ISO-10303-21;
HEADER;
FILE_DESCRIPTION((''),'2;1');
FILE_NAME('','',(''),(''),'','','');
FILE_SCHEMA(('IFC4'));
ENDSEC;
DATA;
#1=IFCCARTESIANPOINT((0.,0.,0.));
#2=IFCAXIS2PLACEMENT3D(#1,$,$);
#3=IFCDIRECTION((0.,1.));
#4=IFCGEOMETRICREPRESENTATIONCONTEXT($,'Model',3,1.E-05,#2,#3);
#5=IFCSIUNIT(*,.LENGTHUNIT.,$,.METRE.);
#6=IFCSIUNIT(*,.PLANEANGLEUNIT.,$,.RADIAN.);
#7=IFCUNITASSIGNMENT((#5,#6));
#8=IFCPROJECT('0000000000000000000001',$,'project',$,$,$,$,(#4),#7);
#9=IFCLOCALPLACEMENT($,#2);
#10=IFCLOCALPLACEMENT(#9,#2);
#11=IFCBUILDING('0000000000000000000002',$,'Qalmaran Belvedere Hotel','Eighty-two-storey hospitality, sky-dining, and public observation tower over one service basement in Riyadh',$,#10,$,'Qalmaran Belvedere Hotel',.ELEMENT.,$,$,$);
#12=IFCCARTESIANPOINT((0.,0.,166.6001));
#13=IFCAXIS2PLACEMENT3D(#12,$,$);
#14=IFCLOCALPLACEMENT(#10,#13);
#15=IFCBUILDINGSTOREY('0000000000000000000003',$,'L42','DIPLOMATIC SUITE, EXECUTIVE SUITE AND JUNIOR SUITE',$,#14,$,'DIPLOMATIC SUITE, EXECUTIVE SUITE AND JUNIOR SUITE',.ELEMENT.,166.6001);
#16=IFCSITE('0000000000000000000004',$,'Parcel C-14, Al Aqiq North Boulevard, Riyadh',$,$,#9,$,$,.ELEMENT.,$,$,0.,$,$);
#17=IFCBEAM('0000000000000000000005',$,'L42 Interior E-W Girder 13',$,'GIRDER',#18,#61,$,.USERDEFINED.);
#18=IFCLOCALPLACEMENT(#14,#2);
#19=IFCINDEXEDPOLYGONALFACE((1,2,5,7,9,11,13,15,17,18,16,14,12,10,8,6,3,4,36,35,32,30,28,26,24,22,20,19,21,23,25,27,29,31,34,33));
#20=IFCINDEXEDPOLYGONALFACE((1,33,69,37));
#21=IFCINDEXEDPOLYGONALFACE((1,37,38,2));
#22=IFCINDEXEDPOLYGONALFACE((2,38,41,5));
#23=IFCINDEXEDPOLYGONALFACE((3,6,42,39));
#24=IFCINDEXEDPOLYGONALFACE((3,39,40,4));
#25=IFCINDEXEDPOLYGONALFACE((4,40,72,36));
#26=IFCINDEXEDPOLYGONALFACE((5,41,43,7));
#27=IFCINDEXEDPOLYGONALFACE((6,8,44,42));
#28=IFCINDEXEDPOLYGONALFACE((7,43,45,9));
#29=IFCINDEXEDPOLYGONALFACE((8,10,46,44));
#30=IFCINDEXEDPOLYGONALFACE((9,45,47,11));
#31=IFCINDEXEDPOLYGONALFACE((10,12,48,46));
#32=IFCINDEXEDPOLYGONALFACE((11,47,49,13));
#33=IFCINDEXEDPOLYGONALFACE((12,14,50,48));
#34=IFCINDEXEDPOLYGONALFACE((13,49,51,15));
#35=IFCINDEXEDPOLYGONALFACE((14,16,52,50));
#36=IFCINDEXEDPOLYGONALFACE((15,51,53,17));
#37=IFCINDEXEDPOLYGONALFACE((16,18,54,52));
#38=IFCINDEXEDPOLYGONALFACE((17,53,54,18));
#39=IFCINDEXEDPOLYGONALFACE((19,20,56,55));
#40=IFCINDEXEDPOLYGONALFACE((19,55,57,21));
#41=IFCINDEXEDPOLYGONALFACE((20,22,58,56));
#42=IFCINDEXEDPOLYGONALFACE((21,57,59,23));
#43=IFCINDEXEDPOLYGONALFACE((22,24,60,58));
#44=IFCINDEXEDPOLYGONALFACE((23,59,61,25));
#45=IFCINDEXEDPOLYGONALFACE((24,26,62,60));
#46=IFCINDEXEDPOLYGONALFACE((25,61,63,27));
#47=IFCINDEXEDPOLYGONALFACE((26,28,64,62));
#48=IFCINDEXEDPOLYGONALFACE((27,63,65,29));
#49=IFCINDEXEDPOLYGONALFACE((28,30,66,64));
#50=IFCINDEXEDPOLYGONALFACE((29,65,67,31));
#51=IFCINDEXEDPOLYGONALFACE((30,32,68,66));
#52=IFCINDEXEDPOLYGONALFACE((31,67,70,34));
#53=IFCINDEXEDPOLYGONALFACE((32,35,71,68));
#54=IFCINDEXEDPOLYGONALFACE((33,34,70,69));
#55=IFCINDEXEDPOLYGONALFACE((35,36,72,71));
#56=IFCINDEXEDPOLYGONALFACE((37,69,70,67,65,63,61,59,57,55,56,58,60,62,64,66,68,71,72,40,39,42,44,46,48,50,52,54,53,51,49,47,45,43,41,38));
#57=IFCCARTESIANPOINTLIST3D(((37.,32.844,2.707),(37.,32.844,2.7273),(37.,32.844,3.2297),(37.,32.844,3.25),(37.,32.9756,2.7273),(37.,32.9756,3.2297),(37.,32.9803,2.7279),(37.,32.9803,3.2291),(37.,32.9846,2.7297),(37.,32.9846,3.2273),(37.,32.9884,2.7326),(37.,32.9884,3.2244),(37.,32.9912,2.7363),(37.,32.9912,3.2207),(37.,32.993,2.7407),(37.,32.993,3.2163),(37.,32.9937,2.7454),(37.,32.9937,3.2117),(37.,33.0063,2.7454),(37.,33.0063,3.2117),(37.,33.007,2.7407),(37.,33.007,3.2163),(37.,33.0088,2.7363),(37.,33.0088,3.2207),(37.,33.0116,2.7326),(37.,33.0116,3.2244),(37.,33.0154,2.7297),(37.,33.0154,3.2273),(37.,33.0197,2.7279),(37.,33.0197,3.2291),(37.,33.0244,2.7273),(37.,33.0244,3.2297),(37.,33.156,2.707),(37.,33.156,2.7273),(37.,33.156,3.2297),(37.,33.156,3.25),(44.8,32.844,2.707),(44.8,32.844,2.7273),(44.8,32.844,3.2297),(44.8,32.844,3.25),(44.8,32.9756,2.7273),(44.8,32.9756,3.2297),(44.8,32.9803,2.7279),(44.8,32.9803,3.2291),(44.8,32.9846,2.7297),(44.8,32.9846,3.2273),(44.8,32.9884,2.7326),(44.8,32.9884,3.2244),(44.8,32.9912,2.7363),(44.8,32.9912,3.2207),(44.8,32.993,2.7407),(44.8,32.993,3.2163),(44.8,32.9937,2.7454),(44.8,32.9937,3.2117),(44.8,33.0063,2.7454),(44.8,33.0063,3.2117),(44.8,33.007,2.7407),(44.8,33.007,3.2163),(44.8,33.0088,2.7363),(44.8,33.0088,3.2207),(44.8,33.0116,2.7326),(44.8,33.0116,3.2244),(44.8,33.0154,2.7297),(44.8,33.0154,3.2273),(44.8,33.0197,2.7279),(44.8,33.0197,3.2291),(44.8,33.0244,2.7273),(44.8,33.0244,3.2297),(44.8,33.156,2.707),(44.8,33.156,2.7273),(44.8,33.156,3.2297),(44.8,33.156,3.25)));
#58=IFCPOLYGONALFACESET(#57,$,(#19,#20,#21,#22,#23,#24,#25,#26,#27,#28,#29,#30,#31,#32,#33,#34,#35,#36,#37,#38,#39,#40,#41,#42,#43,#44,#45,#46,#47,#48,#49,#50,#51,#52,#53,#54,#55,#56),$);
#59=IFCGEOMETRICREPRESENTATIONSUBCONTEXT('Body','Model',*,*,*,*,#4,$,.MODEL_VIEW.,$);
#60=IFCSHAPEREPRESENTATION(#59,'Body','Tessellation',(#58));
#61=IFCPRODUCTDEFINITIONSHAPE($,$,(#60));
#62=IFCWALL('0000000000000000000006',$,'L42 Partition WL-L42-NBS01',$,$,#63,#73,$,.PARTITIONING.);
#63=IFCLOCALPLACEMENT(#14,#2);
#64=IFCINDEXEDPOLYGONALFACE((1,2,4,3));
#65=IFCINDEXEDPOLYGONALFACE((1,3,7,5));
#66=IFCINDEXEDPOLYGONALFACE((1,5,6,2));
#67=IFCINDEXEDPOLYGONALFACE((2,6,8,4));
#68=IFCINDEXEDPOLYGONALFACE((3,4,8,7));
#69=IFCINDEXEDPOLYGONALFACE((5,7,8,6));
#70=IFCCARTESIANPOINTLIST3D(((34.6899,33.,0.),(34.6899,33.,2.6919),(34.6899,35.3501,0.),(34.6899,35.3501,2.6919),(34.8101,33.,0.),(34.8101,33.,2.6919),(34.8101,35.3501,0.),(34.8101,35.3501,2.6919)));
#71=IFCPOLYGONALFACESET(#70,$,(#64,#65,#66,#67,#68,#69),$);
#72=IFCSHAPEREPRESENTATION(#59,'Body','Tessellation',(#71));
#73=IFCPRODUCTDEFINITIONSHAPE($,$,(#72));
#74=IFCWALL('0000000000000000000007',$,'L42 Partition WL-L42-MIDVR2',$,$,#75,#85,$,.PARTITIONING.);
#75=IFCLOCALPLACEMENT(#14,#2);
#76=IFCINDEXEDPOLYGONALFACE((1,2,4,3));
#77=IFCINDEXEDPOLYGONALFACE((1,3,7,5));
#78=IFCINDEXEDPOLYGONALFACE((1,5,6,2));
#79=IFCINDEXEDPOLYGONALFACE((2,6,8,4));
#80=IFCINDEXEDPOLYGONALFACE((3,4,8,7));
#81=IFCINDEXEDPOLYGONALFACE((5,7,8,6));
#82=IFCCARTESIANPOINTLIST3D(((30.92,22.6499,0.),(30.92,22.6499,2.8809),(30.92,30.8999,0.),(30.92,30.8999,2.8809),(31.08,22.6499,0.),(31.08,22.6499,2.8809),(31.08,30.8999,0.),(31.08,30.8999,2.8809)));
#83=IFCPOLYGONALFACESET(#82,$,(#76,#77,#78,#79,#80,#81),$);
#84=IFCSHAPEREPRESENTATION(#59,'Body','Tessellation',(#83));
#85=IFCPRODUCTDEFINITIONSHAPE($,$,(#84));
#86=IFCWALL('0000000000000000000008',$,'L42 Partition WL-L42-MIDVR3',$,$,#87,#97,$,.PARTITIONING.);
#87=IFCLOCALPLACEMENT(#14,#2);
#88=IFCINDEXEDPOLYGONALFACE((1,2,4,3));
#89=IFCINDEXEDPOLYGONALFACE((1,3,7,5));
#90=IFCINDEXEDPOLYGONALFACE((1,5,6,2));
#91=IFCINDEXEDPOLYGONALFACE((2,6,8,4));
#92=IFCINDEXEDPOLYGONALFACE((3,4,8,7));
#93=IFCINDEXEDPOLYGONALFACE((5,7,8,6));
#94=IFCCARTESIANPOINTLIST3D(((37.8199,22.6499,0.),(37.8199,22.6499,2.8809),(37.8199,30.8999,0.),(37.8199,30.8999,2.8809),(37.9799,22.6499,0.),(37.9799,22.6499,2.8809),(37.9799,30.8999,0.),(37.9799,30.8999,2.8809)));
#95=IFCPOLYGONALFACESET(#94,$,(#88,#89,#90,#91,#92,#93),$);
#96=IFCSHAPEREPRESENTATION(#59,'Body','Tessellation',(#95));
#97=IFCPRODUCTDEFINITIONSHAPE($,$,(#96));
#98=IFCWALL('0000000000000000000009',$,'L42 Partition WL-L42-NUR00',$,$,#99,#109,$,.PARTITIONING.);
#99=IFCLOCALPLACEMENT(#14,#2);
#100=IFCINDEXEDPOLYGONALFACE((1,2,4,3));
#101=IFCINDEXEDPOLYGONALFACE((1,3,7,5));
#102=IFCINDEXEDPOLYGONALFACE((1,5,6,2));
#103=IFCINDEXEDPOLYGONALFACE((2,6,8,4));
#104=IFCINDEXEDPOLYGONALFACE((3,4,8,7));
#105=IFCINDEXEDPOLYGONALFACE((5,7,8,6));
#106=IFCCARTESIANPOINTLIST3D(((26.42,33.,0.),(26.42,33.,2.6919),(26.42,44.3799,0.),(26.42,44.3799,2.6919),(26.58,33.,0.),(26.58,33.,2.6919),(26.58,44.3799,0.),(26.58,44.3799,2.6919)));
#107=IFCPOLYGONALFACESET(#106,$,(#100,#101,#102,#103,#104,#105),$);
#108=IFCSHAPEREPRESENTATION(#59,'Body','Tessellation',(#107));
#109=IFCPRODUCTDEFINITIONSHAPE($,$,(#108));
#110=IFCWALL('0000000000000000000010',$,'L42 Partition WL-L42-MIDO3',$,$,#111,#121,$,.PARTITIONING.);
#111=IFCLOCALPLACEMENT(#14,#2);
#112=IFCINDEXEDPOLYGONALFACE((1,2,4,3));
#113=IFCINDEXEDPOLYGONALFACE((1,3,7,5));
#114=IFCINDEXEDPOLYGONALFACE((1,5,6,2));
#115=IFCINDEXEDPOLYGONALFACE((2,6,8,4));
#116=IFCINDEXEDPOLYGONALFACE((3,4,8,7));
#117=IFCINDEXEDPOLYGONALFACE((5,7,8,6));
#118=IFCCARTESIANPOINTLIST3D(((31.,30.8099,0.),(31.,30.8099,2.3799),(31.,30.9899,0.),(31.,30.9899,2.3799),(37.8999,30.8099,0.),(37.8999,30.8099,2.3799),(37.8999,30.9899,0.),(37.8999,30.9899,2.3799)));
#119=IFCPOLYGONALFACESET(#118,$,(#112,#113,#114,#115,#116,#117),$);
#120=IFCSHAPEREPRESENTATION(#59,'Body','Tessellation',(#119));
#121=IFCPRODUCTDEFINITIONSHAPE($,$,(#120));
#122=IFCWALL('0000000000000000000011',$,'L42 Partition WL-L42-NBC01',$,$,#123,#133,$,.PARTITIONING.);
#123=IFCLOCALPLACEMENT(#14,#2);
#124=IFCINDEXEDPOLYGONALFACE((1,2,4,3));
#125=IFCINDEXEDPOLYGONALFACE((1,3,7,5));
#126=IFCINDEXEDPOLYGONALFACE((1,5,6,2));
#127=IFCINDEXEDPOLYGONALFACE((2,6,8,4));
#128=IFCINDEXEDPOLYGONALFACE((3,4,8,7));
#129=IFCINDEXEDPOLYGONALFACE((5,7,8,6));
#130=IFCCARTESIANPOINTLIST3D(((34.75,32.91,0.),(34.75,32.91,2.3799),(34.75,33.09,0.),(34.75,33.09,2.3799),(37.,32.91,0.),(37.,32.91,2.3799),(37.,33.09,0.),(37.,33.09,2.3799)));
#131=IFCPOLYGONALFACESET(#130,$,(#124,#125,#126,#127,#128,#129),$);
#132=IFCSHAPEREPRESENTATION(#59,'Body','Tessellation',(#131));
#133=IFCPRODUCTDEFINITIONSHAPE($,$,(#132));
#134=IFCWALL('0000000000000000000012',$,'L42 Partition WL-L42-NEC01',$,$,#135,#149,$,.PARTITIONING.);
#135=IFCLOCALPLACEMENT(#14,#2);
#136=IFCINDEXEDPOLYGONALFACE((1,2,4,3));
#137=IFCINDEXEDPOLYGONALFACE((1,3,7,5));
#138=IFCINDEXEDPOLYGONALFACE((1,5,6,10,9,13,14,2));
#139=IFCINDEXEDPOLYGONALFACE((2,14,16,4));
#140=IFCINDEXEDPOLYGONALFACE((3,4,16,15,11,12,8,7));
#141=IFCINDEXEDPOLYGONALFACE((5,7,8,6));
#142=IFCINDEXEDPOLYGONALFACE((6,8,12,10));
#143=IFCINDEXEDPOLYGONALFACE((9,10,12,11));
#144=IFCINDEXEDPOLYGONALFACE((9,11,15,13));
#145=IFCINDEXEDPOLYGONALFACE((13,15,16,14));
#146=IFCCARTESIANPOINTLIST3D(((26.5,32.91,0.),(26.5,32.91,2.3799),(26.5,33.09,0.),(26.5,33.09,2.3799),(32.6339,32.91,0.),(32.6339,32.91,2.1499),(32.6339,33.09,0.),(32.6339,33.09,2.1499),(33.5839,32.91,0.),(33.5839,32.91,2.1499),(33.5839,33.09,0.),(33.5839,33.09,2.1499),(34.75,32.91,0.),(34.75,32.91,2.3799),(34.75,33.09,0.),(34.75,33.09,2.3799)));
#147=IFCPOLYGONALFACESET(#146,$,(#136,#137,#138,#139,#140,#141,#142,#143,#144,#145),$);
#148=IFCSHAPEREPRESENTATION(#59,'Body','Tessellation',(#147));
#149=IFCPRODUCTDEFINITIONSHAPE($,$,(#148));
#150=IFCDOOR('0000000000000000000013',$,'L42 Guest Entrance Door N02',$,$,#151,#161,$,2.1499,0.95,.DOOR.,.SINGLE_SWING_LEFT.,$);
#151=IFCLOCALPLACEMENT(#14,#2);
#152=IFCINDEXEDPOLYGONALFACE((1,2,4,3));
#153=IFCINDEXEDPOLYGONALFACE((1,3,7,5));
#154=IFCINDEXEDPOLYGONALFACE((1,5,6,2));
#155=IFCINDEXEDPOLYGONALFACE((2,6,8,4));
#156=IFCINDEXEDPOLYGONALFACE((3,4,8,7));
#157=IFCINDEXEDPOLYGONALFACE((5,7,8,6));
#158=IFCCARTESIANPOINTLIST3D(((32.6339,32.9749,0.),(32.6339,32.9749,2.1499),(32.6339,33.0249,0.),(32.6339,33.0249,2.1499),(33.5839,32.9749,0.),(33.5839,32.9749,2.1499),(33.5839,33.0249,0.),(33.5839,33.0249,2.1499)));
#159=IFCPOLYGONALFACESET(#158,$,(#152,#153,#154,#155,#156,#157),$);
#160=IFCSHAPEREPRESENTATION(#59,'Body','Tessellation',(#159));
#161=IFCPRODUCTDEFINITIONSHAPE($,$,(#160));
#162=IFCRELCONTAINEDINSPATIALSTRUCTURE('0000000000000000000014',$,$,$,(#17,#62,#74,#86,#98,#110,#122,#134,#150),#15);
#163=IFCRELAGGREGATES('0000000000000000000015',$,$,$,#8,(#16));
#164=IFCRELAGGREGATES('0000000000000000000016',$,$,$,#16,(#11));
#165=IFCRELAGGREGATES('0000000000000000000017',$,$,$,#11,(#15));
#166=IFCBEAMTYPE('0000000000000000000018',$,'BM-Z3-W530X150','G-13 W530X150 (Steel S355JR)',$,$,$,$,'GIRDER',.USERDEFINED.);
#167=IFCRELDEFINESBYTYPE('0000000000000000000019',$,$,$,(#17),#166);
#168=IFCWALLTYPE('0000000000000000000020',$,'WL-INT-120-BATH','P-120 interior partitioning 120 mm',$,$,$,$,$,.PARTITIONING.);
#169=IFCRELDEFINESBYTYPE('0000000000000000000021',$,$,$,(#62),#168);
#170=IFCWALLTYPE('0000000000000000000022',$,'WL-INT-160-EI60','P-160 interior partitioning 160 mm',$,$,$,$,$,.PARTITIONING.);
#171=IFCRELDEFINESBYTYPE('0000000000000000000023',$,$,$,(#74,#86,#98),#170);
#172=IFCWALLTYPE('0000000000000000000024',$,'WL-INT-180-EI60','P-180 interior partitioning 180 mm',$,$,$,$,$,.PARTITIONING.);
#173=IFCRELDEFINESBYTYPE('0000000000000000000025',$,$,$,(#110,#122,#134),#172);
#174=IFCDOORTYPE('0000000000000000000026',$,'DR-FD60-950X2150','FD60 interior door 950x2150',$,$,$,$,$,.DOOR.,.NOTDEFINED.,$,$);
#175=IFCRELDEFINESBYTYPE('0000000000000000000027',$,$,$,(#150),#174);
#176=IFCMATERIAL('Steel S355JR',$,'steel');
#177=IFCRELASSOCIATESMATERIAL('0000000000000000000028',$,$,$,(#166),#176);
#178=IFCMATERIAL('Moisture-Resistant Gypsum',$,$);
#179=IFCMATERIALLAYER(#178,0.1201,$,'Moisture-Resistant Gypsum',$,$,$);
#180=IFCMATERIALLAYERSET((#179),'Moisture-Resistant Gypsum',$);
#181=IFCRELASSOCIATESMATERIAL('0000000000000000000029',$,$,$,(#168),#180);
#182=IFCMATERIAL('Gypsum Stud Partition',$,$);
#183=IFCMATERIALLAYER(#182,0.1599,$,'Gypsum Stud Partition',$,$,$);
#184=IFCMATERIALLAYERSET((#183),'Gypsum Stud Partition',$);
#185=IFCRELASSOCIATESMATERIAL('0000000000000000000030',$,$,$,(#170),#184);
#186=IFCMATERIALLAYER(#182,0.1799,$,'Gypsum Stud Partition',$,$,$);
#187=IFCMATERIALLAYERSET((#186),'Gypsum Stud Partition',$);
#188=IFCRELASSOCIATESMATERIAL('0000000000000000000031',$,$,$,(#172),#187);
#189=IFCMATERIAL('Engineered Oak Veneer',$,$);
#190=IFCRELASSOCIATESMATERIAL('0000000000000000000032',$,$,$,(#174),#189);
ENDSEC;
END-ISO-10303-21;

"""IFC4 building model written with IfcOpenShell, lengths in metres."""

from ifc_helpers import new_model, si_unit, direction, frame, frame_2d, origin, origin_2d, place, context, subcontext, project, spatial, rectangle, i_section, extrude, material, layer, layer_set, material_profile, profile_set, type_object, element, fill, save


model = new_model("IFC4")

# Units and contexts
model_context = context("Model", 3, precision=1e-05, world=origin(), true_north=direction((0.0, 1.0)))
body_context = subcontext(model_context, "Body", "Model", "MODEL_VIEW")
ifc_project = project(units=[si_unit("LENGTHUNIT", "METRE"), si_unit("PLANEANGLEUNIT", "RADIAN")], contexts=[model_context])

# Site, building, storey
site_placement = place(None, origin())
site = spatial("IfcSite", under=ifc_project, at=site_placement, Name="Parcel C-14, Al Aqiq North Boulevard, Riyadh", CompositionType="ELEMENT", RefElevation=0.0)
building_placement = place(site_placement, origin())
building = spatial("IfcBuilding", under=site, at=building_placement, Name="Qalmaran Belvedere Hotel", Description="Eighty-two-storey hospitality, sky-dining, and public observation tower over one service basement in Riyadh", LongName="Qalmaran Belvedere Hotel", CompositionType="ELEMENT")
storey_placement = place(building_placement, frame((0.0, 0.0, 166.6001)))
storey = spatial("IfcBuildingStorey", under=building, at=storey_placement, Name="L42", Description="DIPLOMATIC SUITE, EXECUTIVE SUITE AND JUNIOR SUITE", LongName="DIPLOMATIC SUITE, EXECUTIVE SUITE AND JUNIOR SUITE", CompositionType="ELEMENT", Elevation=166.6001)

# Beam
ifc_material_1 = material(Name="Steel S355JR", Category="steel")
ifc_material_profile_1 = material_profile(ifc_material_1, i_section(OverallWidth=0.312, OverallDepth=0.543, WebThickness=0.0127, FlangeThickness=0.0203, FilletRadius=0.0181, at=origin_2d()), Name="W530X150")
ifc_profile_set_1 = profile_set([ifc_material_profile_1], Name="Steel S355JR")
beam_type_1 = type_object("IfcBeamType", Name="BM-Z3-W530X150", Description="G-13 W530X150 (Steel S355JR)", ElementType="GIRDER", PredefinedType="USERDEFINED", material=ifc_profile_set_1)
for number, where, z_axis, x_axis, name in (
    (1, (37.0, 33.0, 2.9785), (1.0, 0.0, 0.0), (0.0, 1.0, 0.0), "L42 Interior E-W Girder 13"),
):
    element("IfcBeam", number, at=place(storey_placement, frame(where, z_axis=z_axis, x_axis=x_axis)), inside=storey, type_object=beam_type_1, Name=name, ObjectType="GIRDER", PredefinedType="USERDEFINED", context=body_context, shape_type="SweptSolid", body=[
        extrude(i_section(OverallWidth=0.312, OverallDepth=0.543, WebThickness=0.0127, FlangeThickness=0.0203, FilletRadius=0.0181, at=origin_2d()), origin(), (0.0, 0.0, 1.0), 7.8),
    ])

# Walls
ifc_material_2 = material(Name="Moisture-Resistant Gypsum")
ifc_layer_1 = layer(ifc_material_2, 0.1201, Name="Moisture-Resistant Gypsum")
ifc_layer_set_1 = layer_set([ifc_layer_1], Name="Moisture-Resistant Gypsum")
wall_type_1 = type_object("IfcWallType", Name="WL-INT-120-BATH", Description="P-120 interior partitioning 120 mm", PredefinedType="PARTITIONING", material=ifc_layer_set_1)
wall_1_placement = place(storey_placement, frame((34.75, 33.0, 0.0), z_axis=(0.0, 0.0, 1.0), x_axis=(0.0, 1.0, 0.0)))
element("IfcWall", 2, at=wall_1_placement, inside=storey, type_object=wall_type_1, Name="L42 Partition WL-L42-NBS01", PredefinedType="PARTITIONING", context=body_context, shape_type="SweptSolid", body=[
    extrude(rectangle(XDim=2.3501, YDim=0.1201, at=frame_2d((1.175, 0.0))), origin(), (0.0, 0.0, 1.0), 2.6919),
])
ifc_material_3 = material(Name="Gypsum Stud Partition")
ifc_layer_2 = layer(ifc_material_3, 0.1599, Name="Gypsum Stud Partition")
ifc_layer_set_2 = layer_set([ifc_layer_2], Name="Gypsum Stud Partition")
wall_type_2 = type_object("IfcWallType", Name="WL-INT-160-EI60", Description="P-160 interior partitioning 160 mm", PredefinedType="PARTITIONING", material=ifc_layer_set_2)
for number, where, z_axis, x_axis, name in (
    (3, (31.0, 22.6499, 0.0), (0.0, 0.0, 1.0), (0.0, 1.0, 0.0), "L42 Partition WL-L42-MIDVR2"),
    (4, (37.8999, 22.6499, 0.0), (0.0, 0.0, 1.0), (0.0, 1.0, 0.0), "L42 Partition WL-L42-MIDVR3"),
):
    element("IfcWall", number, at=place(storey_placement, frame(where, z_axis=z_axis, x_axis=x_axis)), inside=storey, type_object=wall_type_2, Name=name, PredefinedType="PARTITIONING", context=body_context, shape_type="SweptSolid", body=[
        extrude(rectangle(XDim=8.25, YDim=0.1599, at=frame_2d((4.125, 0.0))), origin(), (0.0, 0.0, 1.0), 2.8809),
    ])
wall_2_placement = place(storey_placement, frame((26.5, 33.0, 0.0), z_axis=(0.0, 0.0, 1.0), x_axis=(0.0, 1.0, 0.0)))
element("IfcWall", 5, at=wall_2_placement, inside=storey, type_object=wall_type_2, Name="L42 Partition WL-L42-NUR00", PredefinedType="PARTITIONING", context=body_context, shape_type="SweptSolid", body=[
    extrude(rectangle(XDim=11.3799, YDim=0.1599, at=frame_2d((5.6899, 0.0))), origin(), (0.0, 0.0, 1.0), 2.6919),
])

# Shared definitions
ifc_layer_3 = layer(ifc_material_3, 0.1799, Name="Gypsum Stud Partition")
ifc_layer_set_3 = layer_set([ifc_layer_3], Name="Gypsum Stud Partition")
wall_type_3 = type_object("IfcWallType", Name="WL-INT-180-EI60", Description="P-180 interior partitioning 180 mm", PredefinedType="PARTITIONING", material=ifc_layer_set_3)
ifc_material_4 = material(Name="Engineered Oak Veneer")
door_type = type_object("IfcDoorType", Name="DR-FD60-950X2150", Description="FD60 interior door 950x2150", OperationType="NOTDEFINED", PredefinedType="DOOR", material=ifc_material_4)

# Walls
wall_3_placement = place(storey_placement, frame((31.0, 30.8999, 0.0), z_axis=(0.0, 0.0, 1.0), x_axis=(1.0, 0.0, 0.0)))
element("IfcWall", 6, at=wall_3_placement, inside=storey, type_object=wall_type_3, Name="L42 Partition WL-L42-MIDO3", PredefinedType="PARTITIONING", context=body_context, shape_type="SweptSolid", body=[
    extrude(rectangle(XDim=6.8999, YDim=0.1799, at=frame_2d((3.45, 0.0))), origin(), (0.0, 0.0, 1.0), 2.3799),
])
wall_4_placement = place(storey_placement, frame((34.75, 33.0, 0.0), z_axis=(0.0, 0.0, 1.0), x_axis=(1.0, 0.0, 0.0)))
element("IfcWall", 7, at=wall_4_placement, inside=storey, type_object=wall_type_3, Name="L42 Partition WL-L42-NBC01", PredefinedType="PARTITIONING", context=body_context, shape_type="SweptSolid", body=[
    extrude(rectangle(XDim=2.25, YDim=0.1799, at=frame_2d((1.125, 0.0))), origin(), (0.0, 0.0, 1.0), 2.3799),
])

# Wall, opening, door
wall_5_placement = place(storey_placement, frame((26.5, 33.0, 0.0), z_axis=(0.0, 0.0, 1.0), x_axis=(1.0, 0.0, 0.0)))
wall_5 = element("IfcWall", 8, at=wall_5_placement, inside=storey, type_object=wall_type_3, Name="L42 Partition WL-L42-NEC01", PredefinedType="PARTITIONING", context=body_context, shape_type="SweptSolid", body=[
    extrude(rectangle(XDim=8.25, YDim=0.1799, at=frame_2d((4.125, 0.0))), origin(), (0.0, 0.0, 1.0), 2.3799),
])
opening_1_placement = place(wall_5_placement, frame((6.1338, 0.0, 0.0)))
opening_1 = element("IfcOpeningElement", 9, at=opening_1_placement, cuts=wall_5, PredefinedType="OPENING", context=body_context, shape_type="SweptSolid", body=[
    extrude(rectangle(XDim=0.95, YDim=2.1499, at=frame_2d((0.4751, 1.075))), frame((0.0, 0.1001, 0.0), z_axis=(0.0, -1.0, 0.0), x_axis=(1.0, 0.0, 0.0)), (0.0, 0.0, 1.0), 0.2),
])
door_1_placement = place(opening_1_placement, origin())
door_1 = element("IfcDoor", 10, at=door_1_placement, inside=storey, type_object=door_type, Name="L42 Guest Entrance Door N02", OperationType="SINGLE_SWING_LEFT", OverallHeight=2.1499, OverallWidth=0.95, PredefinedType="DOOR", context=body_context, shape_type="SweptSolid", body=[
    extrude(rectangle(XDim=0.95, YDim=2.1499, at=frame_2d((0.4751, 1.075))), frame((0.0, 0.0249, 0.0), z_axis=(0.0, -1.0, 0.0), x_axis=(1.0, 0.0, 0.0)), (0.0, 0.0, 1.0), 0.05),
])
fill(opening_1, door_1)

save(model, "model.ifc")
